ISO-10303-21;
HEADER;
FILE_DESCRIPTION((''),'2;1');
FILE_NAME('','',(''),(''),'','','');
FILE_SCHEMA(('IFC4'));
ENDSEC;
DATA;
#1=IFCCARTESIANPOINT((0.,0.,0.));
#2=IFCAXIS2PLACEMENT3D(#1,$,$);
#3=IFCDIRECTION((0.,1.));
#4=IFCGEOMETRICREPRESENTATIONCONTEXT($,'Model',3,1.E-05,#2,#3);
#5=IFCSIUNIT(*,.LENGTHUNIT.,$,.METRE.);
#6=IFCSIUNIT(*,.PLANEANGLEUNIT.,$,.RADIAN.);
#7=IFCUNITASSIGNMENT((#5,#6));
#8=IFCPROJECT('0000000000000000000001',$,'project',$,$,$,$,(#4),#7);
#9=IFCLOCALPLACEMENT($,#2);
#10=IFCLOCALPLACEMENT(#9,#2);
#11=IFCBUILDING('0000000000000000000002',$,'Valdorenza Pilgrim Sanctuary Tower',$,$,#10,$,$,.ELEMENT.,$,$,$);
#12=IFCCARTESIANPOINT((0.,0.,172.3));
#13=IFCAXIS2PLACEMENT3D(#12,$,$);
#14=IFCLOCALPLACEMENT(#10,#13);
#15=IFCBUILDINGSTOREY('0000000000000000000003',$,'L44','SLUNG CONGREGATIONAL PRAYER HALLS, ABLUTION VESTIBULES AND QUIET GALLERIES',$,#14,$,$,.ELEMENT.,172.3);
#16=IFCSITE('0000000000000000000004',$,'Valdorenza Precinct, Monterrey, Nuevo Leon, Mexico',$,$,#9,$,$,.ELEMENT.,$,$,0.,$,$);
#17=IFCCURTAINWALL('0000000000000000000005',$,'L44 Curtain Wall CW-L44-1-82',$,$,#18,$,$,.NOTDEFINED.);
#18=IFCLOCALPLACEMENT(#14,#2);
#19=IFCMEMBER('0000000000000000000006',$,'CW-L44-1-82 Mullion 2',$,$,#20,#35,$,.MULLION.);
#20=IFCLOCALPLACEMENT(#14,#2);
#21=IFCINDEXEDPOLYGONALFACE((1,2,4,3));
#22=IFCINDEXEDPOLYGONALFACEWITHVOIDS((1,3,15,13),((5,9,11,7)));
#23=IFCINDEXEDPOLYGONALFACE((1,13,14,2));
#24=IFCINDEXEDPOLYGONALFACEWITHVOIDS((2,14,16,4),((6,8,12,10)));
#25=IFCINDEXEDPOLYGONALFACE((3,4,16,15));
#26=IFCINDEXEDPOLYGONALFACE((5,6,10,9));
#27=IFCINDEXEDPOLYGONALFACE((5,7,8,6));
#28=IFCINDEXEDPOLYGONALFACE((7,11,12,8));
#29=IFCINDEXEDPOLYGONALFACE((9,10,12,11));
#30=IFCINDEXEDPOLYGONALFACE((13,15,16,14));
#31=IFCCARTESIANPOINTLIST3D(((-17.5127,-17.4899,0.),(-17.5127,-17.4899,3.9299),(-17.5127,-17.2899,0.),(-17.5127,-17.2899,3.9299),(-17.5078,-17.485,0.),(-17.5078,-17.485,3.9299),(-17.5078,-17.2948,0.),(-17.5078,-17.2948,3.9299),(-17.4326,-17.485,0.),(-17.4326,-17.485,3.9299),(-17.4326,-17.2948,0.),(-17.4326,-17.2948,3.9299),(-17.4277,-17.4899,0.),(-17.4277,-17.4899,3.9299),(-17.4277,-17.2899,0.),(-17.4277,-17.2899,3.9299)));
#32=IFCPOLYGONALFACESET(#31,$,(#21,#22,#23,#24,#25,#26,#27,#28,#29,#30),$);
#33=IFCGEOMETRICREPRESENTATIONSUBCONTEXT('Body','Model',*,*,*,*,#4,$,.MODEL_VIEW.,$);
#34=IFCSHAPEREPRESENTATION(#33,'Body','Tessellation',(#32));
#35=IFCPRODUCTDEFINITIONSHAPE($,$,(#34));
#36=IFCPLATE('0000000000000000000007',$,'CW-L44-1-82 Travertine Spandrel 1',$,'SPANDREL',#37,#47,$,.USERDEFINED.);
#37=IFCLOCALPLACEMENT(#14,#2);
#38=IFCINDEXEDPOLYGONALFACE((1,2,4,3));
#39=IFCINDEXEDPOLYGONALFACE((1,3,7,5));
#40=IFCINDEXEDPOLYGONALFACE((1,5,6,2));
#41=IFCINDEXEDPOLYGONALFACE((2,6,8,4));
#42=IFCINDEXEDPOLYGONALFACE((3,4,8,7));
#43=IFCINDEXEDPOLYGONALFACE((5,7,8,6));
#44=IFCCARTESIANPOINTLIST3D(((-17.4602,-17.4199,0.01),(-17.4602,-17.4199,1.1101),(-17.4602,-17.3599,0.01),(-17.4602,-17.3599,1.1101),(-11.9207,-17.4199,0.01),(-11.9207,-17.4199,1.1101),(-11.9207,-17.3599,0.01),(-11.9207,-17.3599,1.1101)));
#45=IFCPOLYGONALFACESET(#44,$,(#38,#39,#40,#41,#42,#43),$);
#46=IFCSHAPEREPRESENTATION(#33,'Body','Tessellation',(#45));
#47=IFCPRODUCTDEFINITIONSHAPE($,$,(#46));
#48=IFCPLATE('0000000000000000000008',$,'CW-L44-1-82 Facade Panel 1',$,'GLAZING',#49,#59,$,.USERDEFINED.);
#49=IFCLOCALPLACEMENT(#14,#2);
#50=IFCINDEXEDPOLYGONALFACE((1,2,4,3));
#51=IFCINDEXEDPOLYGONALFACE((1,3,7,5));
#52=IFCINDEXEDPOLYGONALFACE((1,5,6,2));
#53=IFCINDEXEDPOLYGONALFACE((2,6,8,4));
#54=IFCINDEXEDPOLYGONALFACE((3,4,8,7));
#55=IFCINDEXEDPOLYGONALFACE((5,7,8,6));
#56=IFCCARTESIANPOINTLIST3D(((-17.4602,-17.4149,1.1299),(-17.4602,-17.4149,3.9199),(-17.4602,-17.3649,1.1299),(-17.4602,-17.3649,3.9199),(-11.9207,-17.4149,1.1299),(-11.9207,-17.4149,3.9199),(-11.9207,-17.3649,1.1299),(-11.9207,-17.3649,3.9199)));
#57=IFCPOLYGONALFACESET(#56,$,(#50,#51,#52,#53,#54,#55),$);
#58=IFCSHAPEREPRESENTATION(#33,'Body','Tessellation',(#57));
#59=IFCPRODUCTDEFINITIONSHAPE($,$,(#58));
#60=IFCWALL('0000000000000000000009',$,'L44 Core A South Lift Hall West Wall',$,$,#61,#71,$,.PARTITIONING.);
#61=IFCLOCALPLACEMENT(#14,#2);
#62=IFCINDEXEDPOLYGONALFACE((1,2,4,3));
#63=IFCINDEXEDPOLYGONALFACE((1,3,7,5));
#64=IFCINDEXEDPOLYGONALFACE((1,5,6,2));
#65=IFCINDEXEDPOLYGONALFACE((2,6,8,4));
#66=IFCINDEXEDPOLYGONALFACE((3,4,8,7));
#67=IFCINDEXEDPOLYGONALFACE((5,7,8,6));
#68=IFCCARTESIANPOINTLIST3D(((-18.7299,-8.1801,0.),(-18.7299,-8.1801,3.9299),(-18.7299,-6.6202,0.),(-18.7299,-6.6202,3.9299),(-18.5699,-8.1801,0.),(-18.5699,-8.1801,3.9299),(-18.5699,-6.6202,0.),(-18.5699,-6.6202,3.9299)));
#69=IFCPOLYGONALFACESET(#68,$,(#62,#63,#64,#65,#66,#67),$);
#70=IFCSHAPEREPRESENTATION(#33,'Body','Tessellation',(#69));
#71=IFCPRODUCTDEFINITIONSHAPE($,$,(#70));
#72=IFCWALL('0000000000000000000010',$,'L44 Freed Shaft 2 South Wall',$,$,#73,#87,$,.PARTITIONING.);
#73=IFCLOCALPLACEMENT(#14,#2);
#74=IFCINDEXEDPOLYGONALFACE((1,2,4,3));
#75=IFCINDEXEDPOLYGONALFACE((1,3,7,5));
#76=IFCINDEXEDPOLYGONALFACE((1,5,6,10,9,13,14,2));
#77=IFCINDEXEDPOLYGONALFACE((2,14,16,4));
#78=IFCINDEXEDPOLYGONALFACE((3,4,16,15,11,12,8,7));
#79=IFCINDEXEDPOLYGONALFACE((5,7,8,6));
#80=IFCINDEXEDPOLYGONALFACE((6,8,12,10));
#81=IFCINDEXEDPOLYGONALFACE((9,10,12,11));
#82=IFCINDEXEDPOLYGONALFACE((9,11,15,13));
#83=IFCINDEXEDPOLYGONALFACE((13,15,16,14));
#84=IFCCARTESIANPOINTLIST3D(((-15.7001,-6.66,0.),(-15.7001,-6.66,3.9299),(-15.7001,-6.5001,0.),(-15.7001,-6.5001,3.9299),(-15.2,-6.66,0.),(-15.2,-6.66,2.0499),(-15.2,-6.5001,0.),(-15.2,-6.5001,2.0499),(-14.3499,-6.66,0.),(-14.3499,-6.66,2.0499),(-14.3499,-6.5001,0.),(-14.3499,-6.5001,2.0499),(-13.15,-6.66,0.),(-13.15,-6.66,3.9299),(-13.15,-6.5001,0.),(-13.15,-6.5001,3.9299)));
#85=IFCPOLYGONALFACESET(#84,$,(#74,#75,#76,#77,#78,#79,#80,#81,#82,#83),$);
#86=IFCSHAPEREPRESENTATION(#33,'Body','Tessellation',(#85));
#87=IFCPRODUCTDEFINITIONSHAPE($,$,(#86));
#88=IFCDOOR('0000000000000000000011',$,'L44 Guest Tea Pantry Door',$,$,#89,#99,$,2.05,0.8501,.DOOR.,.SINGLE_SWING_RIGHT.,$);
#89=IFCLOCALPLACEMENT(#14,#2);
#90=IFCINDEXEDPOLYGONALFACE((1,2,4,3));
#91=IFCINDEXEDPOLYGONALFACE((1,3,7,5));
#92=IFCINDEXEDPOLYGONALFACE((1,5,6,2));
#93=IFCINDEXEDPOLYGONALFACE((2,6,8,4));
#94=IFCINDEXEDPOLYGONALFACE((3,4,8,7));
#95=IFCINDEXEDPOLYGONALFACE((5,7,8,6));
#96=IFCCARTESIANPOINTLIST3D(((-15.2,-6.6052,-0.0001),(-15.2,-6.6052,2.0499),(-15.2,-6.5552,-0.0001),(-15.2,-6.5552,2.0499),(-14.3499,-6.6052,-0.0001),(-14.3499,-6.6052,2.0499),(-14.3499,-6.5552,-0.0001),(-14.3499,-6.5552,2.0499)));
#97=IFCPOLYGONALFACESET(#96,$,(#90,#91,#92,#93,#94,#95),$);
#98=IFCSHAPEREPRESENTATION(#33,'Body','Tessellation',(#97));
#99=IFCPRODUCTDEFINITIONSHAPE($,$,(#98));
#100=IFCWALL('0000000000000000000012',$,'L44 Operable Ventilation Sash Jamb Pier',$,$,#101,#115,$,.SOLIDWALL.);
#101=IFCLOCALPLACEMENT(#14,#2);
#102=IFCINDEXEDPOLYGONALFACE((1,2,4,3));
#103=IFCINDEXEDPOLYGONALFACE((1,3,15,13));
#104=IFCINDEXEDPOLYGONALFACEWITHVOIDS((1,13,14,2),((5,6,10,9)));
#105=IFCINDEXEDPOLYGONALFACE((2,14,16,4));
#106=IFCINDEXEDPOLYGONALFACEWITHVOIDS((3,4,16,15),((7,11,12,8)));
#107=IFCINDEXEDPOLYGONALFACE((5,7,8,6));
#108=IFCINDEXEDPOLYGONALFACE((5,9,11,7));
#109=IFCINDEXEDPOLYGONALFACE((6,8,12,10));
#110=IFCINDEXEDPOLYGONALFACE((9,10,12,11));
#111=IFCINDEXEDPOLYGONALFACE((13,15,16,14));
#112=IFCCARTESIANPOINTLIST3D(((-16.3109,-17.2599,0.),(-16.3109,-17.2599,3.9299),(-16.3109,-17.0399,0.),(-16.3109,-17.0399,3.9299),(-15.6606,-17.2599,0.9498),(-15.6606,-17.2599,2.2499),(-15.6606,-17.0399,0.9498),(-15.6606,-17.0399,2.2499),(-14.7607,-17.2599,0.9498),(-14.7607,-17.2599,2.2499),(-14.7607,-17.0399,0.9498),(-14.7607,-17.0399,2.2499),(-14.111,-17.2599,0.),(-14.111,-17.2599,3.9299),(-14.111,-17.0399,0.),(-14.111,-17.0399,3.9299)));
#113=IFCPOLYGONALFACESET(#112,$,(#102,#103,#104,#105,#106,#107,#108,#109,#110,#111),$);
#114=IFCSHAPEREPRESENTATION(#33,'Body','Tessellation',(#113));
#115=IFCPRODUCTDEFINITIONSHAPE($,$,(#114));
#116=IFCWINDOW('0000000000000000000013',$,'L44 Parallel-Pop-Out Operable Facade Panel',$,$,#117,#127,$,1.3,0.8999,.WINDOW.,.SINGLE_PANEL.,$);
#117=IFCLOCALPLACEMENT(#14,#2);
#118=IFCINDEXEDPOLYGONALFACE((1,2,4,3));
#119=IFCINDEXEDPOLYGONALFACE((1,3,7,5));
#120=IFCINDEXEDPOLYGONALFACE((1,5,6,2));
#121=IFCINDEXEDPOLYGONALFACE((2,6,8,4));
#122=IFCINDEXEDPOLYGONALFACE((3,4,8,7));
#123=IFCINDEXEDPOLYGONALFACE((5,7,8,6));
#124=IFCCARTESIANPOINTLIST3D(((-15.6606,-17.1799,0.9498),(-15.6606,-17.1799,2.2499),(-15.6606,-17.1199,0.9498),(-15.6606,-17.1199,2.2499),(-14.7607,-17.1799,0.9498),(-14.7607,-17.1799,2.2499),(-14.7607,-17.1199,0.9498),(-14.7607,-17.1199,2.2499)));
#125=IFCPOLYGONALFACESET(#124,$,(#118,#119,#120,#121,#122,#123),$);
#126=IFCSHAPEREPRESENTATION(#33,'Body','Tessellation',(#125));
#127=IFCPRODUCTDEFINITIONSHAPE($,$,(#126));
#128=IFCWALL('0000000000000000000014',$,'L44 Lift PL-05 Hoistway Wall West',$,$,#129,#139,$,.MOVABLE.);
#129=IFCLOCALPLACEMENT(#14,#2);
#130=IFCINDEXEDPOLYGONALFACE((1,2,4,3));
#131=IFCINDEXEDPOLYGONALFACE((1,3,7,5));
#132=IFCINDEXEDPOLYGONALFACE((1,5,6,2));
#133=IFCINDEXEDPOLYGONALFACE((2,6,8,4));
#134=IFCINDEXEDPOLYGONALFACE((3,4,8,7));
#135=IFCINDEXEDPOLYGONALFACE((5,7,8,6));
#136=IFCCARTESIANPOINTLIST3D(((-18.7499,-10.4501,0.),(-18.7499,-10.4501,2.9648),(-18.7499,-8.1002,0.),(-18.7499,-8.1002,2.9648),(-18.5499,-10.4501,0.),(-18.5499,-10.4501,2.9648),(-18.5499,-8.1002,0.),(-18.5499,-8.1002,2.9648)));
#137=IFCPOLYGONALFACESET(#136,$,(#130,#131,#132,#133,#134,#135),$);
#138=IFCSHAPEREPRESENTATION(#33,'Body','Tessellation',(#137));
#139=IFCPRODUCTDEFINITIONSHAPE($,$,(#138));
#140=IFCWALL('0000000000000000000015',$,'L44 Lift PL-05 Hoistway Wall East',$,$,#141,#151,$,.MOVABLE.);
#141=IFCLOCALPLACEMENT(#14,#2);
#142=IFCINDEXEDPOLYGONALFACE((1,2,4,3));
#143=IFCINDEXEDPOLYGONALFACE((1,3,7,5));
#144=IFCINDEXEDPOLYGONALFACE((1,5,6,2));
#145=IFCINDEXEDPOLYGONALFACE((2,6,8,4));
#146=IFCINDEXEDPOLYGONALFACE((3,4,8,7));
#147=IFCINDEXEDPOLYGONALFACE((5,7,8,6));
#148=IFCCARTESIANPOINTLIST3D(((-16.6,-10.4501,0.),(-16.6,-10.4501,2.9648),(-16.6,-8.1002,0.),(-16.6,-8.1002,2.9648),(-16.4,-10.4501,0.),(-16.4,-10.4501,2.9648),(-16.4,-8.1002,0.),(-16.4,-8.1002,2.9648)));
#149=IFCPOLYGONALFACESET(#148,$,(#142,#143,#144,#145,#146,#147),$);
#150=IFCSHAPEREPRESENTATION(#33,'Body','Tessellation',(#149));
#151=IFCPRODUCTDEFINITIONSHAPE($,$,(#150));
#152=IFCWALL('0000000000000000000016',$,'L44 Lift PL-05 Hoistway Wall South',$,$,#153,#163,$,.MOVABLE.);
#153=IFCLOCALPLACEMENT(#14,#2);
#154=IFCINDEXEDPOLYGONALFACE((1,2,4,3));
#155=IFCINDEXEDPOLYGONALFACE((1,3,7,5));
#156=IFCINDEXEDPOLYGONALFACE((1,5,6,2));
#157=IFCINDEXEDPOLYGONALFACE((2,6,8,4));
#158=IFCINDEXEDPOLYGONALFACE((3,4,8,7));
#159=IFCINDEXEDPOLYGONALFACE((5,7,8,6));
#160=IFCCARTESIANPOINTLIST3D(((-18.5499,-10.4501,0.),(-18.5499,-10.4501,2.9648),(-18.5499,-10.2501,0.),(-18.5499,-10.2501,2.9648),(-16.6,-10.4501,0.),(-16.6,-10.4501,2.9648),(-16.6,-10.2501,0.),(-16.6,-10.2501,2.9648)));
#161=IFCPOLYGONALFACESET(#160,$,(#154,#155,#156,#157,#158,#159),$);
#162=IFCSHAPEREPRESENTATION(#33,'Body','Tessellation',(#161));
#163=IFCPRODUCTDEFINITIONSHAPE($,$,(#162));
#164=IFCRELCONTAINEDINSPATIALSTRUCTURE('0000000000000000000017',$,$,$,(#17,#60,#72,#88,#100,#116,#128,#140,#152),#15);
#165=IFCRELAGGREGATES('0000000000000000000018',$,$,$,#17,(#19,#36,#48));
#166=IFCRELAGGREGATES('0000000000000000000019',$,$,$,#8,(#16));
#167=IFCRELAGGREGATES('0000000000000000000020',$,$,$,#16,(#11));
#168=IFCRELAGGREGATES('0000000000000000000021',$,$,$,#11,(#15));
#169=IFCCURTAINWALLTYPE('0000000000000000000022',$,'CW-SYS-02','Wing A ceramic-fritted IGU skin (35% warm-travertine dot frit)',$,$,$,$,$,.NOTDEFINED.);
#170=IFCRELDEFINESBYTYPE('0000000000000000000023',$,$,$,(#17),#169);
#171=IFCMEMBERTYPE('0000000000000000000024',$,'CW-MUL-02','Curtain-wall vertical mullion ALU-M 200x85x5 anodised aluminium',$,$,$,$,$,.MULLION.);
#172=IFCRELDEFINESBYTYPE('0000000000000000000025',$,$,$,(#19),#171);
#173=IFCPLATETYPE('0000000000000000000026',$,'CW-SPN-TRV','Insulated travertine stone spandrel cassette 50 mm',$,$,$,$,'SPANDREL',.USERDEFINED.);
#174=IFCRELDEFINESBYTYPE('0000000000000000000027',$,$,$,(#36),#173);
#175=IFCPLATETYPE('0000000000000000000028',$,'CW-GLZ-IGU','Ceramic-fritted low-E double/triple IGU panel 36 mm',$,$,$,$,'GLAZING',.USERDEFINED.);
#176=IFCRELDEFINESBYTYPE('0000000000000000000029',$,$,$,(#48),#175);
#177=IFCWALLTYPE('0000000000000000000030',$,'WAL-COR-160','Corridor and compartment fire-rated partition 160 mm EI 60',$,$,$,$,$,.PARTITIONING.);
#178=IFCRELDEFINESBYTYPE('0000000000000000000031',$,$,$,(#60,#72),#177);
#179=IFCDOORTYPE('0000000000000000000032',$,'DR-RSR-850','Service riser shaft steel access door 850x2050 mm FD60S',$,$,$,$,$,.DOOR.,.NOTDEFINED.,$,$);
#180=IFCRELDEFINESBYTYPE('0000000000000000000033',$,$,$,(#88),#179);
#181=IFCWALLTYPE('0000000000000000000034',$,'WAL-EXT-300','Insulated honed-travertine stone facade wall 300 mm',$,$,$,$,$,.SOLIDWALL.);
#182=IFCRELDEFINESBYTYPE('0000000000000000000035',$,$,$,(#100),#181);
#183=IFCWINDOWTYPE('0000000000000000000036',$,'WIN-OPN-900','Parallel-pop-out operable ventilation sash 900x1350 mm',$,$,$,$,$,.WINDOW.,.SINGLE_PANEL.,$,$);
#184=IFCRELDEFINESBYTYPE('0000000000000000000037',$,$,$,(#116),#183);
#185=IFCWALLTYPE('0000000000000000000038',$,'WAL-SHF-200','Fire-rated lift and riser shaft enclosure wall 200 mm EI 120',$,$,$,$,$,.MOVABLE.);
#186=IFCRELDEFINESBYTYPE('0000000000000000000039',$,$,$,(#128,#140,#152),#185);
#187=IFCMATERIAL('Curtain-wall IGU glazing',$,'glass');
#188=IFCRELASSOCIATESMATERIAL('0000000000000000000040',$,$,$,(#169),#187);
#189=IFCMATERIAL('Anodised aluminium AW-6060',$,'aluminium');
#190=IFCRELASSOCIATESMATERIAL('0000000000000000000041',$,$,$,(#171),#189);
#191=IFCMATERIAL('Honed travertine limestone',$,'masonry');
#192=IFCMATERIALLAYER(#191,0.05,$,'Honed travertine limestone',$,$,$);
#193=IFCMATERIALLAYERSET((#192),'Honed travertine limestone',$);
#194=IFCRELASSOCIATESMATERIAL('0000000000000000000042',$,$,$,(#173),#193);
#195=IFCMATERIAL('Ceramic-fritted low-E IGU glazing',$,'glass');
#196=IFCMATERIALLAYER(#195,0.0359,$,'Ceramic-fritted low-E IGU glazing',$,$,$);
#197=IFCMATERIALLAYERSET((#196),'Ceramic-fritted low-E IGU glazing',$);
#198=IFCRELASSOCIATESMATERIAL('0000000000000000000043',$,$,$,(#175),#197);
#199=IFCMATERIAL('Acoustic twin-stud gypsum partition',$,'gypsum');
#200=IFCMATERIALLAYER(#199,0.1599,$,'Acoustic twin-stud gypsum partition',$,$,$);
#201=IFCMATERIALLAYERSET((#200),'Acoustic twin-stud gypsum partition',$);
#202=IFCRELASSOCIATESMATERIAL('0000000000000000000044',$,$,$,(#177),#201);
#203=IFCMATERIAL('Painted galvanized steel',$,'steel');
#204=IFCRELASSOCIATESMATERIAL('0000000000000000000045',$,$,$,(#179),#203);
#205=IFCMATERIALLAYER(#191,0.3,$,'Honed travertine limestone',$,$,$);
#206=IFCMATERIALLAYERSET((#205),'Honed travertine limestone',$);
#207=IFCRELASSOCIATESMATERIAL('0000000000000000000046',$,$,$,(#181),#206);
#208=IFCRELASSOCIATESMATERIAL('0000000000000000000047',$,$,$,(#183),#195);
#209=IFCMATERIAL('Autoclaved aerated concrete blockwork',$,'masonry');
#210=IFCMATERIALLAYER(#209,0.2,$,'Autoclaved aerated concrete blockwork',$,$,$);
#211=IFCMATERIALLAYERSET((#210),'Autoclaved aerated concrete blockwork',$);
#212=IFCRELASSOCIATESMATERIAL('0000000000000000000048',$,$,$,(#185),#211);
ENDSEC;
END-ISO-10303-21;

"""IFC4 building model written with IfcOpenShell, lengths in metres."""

from ifc_helpers import new_model, si_unit, direction, frame, frame_2d, origin, origin_2d, place, context, subcontext, project, spatial, rectangle, hollow_rectangle, extrude, source, transform, mapped, material, layer, layer_set, material_profile, profile_set, type_object, element, fill, aggregate, save


model = new_model("IFC4")

# Units and contexts
model_context = context("Model", 3, precision=1e-05, world=origin(), true_north=direction((0.0, 1.0)))
body_context = subcontext(model_context, "Body", "Model", "MODEL_VIEW")
ifc_project = project(units=[si_unit("LENGTHUNIT", "METRE"), si_unit("PLANEANGLEUNIT", "RADIAN")], contexts=[model_context])

# Site, building, storey
site_placement = place(None, origin())
site = spatial("IfcSite", under=ifc_project, at=site_placement, Name="Valdorenza Precinct, Monterrey, Nuevo Leon, Mexico", CompositionType="ELEMENT", RefElevation=0.0)
building_placement = place(site_placement, origin())
building = spatial("IfcBuilding", under=site, at=building_placement, Name="Valdorenza Pilgrim Sanctuary Tower", CompositionType="ELEMENT")
storey_placement = place(building_placement, frame((0.0, 0.0, 172.3)))
storey = spatial("IfcBuildingStorey", under=building, at=storey_placement, Name="L44", Description="SLUNG CONGREGATIONAL PRAYER HALLS, ABLUTION VESTIBULES AND QUIET GALLERIES", CompositionType="ELEMENT", Elevation=172.3)

# Curtain wall, member, plates
ifc_material_1 = material(Name="Curtain-wall IGU glazing", Category="glass")
curtain_wall_type = type_object("IfcCurtainWallType", Name="CW-SYS-02", Description="Wing A ceramic-fritted IGU skin (35% warm-travertine dot frit)", PredefinedType="NOTDEFINED", material=ifc_material_1)
curtain_wall_placement = place(storey_placement, origin())
curtain_wall = element("IfcCurtainWall", 1, at=curtain_wall_placement, inside=storey, type_object=curtain_wall_type, Name="L44 Curtain Wall CW-L44-1-82", PredefinedType="NOTDEFINED")
ifc_material_2 = material(Name="Anodised aluminium AW-6060", Category="aluminium")
ifc_material_profile = material_profile(ifc_material_2, hollow_rectangle(XDim=0.085, YDim=0.2, WallThickness=0.0049, at=origin_2d()), Name="ALU-M 200x85x5")
ifc_profile_set = profile_set([ifc_material_profile], Name="Anodised aluminium AW-6060")
member_type = type_object("IfcMemberType", Name="CW-MUL-02", Description="Curtain-wall vertical mullion ALU-M 200x85x5 anodised aluminium", PredefinedType="MULLION", material=ifc_profile_set)
shared_shape_1 = source(origin(), body_context, "Body", "SweptSolid", [
    extrude(hollow_rectangle(XDim=0.085, YDim=0.2, WallThickness=0.0049, at=origin_2d()), origin(), (0.0, 0.0, 1.0), 3.9299),
])
member_placement = place(storey_placement, frame((-17.4702, -17.3899, 0.0), z_axis=(0.0, 0.0, 1.0), x_axis=(-1.0, 0.0, 0.0)))
member = element("IfcMember", 2, at=member_placement, type_object=member_type, Name="CW-L44-1-82 Mullion 2", PredefinedType="MULLION", context=body_context, shape_type="MappedRepresentation", body=[
    mapped(shared_shape_1, transform((0.0, 0.0, 0.0), x_axis=(1.0, 0.0, 0.0), y_axis=(0.0, 1.0, 0.0), z_axis=(0.0, 0.0, 1.0), scale=1.0)),
])
ifc_material_3 = material(Name="Honed travertine limestone", Category="masonry")
ifc_layer_1 = layer(ifc_material_3, 0.05, Name="Honed travertine limestone")
ifc_layer_set_1 = layer_set([ifc_layer_1], Name="Honed travertine limestone")
plate_type_1 = type_object("IfcPlateType", Name="CW-SPN-TRV", Description="Insulated travertine stone spandrel cassette 50 mm", ElementType="SPANDREL", PredefinedType="USERDEFINED", material=ifc_layer_set_1)
shared_shape_2 = source(origin(), body_context, "Body", "SweptSolid", [
    extrude(rectangle(XDim=5.5396, YDim=0.0601, at=origin_2d()), origin(), (0.0, 0.0, 1.0), 1.1001),
])
plate_1_placement = place(storey_placement, frame((-14.6904, -17.3899, 0.01), z_axis=(0.0, 0.0, 1.0), x_axis=(-1.0, 0.0, 0.0)))
plate_1 = element("IfcPlate", 3, at=plate_1_placement, type_object=plate_type_1, Name="CW-L44-1-82 Travertine Spandrel 1", ObjectType="SPANDREL", PredefinedType="USERDEFINED", context=body_context, shape_type="MappedRepresentation", body=[
    mapped(shared_shape_2, transform((0.0, 0.0, 0.0), x_axis=(1.0, 0.0, 0.0), y_axis=(0.0, 1.0, 0.0), z_axis=(0.0, 0.0, 1.0), scale=1.0)),
])
ifc_material_4 = material(Name="Ceramic-fritted low-E IGU glazing", Category="glass")
ifc_layer_2 = layer(ifc_material_4, 0.0359, Name="Ceramic-fritted low-E IGU glazing")
ifc_layer_set_2 = layer_set([ifc_layer_2], Name="Ceramic-fritted low-E IGU glazing")
plate_type_2 = type_object("IfcPlateType", Name="CW-GLZ-IGU", Description="Ceramic-fritted low-E double/triple IGU panel 36 mm", ElementType="GLAZING", PredefinedType="USERDEFINED", material=ifc_layer_set_2)
shared_shape_3 = source(origin(), body_context, "Body", "SweptSolid", [
    extrude(rectangle(XDim=5.5396, YDim=0.05, at=origin_2d()), origin(), (0.0, 0.0, 1.0), 2.79),
])
plate_2_placement = place(storey_placement, frame((-14.6904, -17.3899, 1.1299), z_axis=(0.0, 0.0, 1.0), x_axis=(-1.0, 0.0, 0.0)))
plate_2 = element("IfcPlate", 4, at=plate_2_placement, type_object=plate_type_2, Name="CW-L44-1-82 Facade Panel 1", ObjectType="GLAZING", PredefinedType="USERDEFINED", context=body_context, shape_type="MappedRepresentation", body=[
    mapped(shared_shape_3, transform((0.0, 0.0, 0.0), x_axis=(1.0, 0.0, 0.0), y_axis=(0.0, 1.0, 0.0), z_axis=(0.0, 0.0, 1.0), scale=1.0)),
])
aggregate(curtain_wall, [member, plate_1, plate_2])

# Wall
ifc_material_5 = material(Name="Acoustic twin-stud gypsum partition", Category="gypsum")
ifc_layer_3 = layer(ifc_material_5, 0.1599, Name="Acoustic twin-stud gypsum partition")
ifc_layer_set_3 = layer_set([ifc_layer_3], Name="Acoustic twin-stud gypsum partition")
wall_type_1 = type_object("IfcWallType", Name="WAL-COR-160", Description="Corridor and compartment fire-rated partition 160 mm EI 60", PredefinedType="PARTITIONING", material=ifc_layer_set_3)
wall_1_placement = place(storey_placement, frame((-18.6499, -8.1799, 0.0), z_axis=(0.0, 0.0, 1.0), x_axis=(0.0, 1.0, 0.0)))
element("IfcWall", 5, at=wall_1_placement, inside=storey, type_object=wall_type_1, Name="L44 Core A South Lift Hall West Wall", PredefinedType="PARTITIONING", context=body_context, shape_type="SweptSolid", body=[
    extrude(rectangle(XDim=1.5598, YDim=0.1599, at=frame_2d((0.7798, 0.0))), origin(), (0.0, 0.0, 1.0), 3.9299),
])

# Wall, opening, door
wall_2_placement = place(storey_placement, frame((-15.7, -6.5801, 0.0), z_axis=(0.0, 0.0, 1.0), x_axis=(1.0, 0.0, 0.0)))
wall_2 = element("IfcWall", 6, at=wall_2_placement, inside=storey, type_object=wall_type_1, Name="L44 Freed Shaft 2 South Wall", PredefinedType="PARTITIONING", context=body_context, shape_type="SweptSolid", body=[
    extrude(rectangle(XDim=2.55, YDim=0.1599, at=frame_2d((1.2749, 0.0))), origin(), (0.0, 0.0, 1.0), 3.9299),
])
opening_1_placement = place(wall_2_placement, frame((0.5, 0.0, 0.0)))
opening_1 = element("IfcOpeningElement", 7, at=opening_1_placement, cuts=wall_2, PredefinedType="OPENING", context=body_context, shape_type="SweptSolid", body=[
    extrude(rectangle(XDim=0.8501, YDim=2.05, at=frame_2d((0.425, 1.0249))), frame((0.0, 0.0947, 0.0), z_axis=(0.0, -1.0, 0.0), x_axis=(1.0, 0.0, 0.0)), (0.0, 0.0, 1.0), 0.1897),
])
ifc_material_6 = material(Name="Painted galvanized steel", Category="steel")
door_type_1 = type_object("IfcDoorType", Name="DR-RSR-850", Description="Service riser shaft steel access door 850x2050 mm FD60S", OperationType="NOTDEFINED", PredefinedType="DOOR", material=ifc_material_6)
door_1_placement = place(opening_1_placement, origin())
door_1 = element("IfcDoor", 8, at=door_1_placement, inside=storey, type_object=door_type_1, Name="L44 Guest Tea Pantry Door", OperationType="SINGLE_SWING_RIGHT", OverallHeight=2.05, OverallWidth=0.8501, PredefinedType="DOOR", context=body_context, shape_type="SweptSolid", body=[
    extrude(rectangle(XDim=0.8501, YDim=2.05, at=frame_2d((0.425, 1.0249))), frame((0.0, 0.0249, 0.0), z_axis=(0.0, -1.0, 0.0), x_axis=(1.0, 0.0, 0.0)), (0.0, 0.0, 1.0), 0.05),
])
fill(opening_1, door_1)

# Wall, opening, window
ifc_layer_4 = layer(ifc_material_3, 0.3, Name="Honed travertine limestone")
ifc_layer_set_4 = layer_set([ifc_layer_4], Name="Honed travertine limestone")
wall_type_2 = type_object("IfcWallType", Name="WAL-EXT-300", Description="Insulated honed-travertine stone facade wall 300 mm", PredefinedType="SOLIDWALL", material=ifc_layer_set_4)
wall_3_placement = place(storey_placement, frame((-14.1108, -17.1499, 0.0), z_axis=(0.0, 0.0, 1.0), x_axis=(-1.0, 0.0, 0.0)))
wall_3 = element("IfcWall", 9, at=wall_3_placement, inside=storey, type_object=wall_type_2, Name="L44 Operable Ventilation Sash Jamb Pier", PredefinedType="SOLIDWALL", context=body_context, shape_type="SweptSolid", body=[
    extrude(rectangle(XDim=2.2, YDim=0.22, at=frame_2d((1.1001, 0.0))), origin(), (0.0, 0.0, 1.0), 3.9299),
])
opening_2_placement = place(wall_3_placement, frame((0.6499, 0.0, 0.95)))
opening_2 = element("IfcOpeningElement", 10, at=opening_2_placement, cuts=wall_3, PredefinedType="OPENING", context=body_context, shape_type="SweptSolid", body=[
    extrude(rectangle(XDim=0.8999, YDim=1.3, at=frame_2d((0.45, 0.6499))), frame((0.0, 0.125, 0.0), z_axis=(0.0, -1.0, 0.0), x_axis=(1.0, 0.0, 0.0)), (0.0, 0.0, 1.0), 0.2498),
])
window_type = type_object("IfcWindowType", Name="WIN-OPN-900", Description="Parallel-pop-out operable ventilation sash 900x1350 mm", PartitioningType="SINGLE_PANEL", PredefinedType="WINDOW", material=ifc_material_4)
window_placement = place(opening_2_placement, origin())
window = element("IfcWindow", 11, at=window_placement, inside=storey, type_object=window_type, Name="L44 Parallel-Pop-Out Operable Facade Panel", OverallHeight=1.3, OverallWidth=0.8999, PartitioningType="SINGLE_PANEL", PredefinedType="WINDOW", context=body_context, shape_type="SweptSolid", body=[
    extrude(rectangle(XDim=0.8999, YDim=1.3, at=frame_2d((0.45, 0.6499))), frame((0.0, 0.03, 0.0), z_axis=(0.0, -1.0, 0.0), x_axis=(1.0, 0.0, 0.0)), (0.0, 0.0, 1.0), 0.0601),
])
fill(opening_2, window)

# Walls
ifc_material_7 = material(Name="Autoclaved aerated concrete blockwork", Category="masonry")
ifc_layer_5 = layer(ifc_material_7, 0.2, Name="Autoclaved aerated concrete blockwork")
ifc_layer_set_5 = layer_set([ifc_layer_5], Name="Autoclaved aerated concrete blockwork")
wall_type_3 = type_object("IfcWallType", Name="WAL-SHF-200", Description="Fire-rated lift and riser shaft enclosure wall 200 mm EI 120", PredefinedType="MOVABLE", material=ifc_layer_set_5)
for number, where, z_axis, x_axis, name in (
    (12, (-18.6499, -10.45, 0.0), (0.0, 0.0, 1.0), (0.0, 1.0, 0.0), "L44 Lift PL-05 Hoistway Wall West"),
    (13, (-16.5, -10.45, 0.0), (0.0, 0.0, 1.0), (0.0, 1.0, 0.0), "L44 Lift PL-05 Hoistway Wall East"),
):
    element("IfcWall", number, at=place(storey_placement, frame(where, z_axis=z_axis, x_axis=x_axis)), inside=storey, type_object=wall_type_3, Name=name, PredefinedType="MOVABLE", context=body_context, shape_type="SweptSolid", body=[
        extrude(rectangle(XDim=2.3499, YDim=0.2, at=frame_2d((1.1748, 0.0))), origin(), (0.0, 0.0, 1.0), 2.9648),
    ])
wall_4_placement = place(storey_placement, frame((-18.55, -10.3501, 0.0), z_axis=(0.0, 0.0, 1.0), x_axis=(1.0, 0.0, 0.0)))
element("IfcWall", 14, at=wall_4_placement, inside=storey, type_object=wall_type_3, Name="L44 Lift PL-05 Hoistway Wall South", PredefinedType="MOVABLE", context=body_context, shape_type="SweptSolid", body=[
    extrude(rectangle(XDim=1.95, YDim=0.2, at=frame_2d((0.9751, 0.0))), origin(), (0.0, 0.0, 1.0), 2.9648),
])

save(model, "model.ifc")
